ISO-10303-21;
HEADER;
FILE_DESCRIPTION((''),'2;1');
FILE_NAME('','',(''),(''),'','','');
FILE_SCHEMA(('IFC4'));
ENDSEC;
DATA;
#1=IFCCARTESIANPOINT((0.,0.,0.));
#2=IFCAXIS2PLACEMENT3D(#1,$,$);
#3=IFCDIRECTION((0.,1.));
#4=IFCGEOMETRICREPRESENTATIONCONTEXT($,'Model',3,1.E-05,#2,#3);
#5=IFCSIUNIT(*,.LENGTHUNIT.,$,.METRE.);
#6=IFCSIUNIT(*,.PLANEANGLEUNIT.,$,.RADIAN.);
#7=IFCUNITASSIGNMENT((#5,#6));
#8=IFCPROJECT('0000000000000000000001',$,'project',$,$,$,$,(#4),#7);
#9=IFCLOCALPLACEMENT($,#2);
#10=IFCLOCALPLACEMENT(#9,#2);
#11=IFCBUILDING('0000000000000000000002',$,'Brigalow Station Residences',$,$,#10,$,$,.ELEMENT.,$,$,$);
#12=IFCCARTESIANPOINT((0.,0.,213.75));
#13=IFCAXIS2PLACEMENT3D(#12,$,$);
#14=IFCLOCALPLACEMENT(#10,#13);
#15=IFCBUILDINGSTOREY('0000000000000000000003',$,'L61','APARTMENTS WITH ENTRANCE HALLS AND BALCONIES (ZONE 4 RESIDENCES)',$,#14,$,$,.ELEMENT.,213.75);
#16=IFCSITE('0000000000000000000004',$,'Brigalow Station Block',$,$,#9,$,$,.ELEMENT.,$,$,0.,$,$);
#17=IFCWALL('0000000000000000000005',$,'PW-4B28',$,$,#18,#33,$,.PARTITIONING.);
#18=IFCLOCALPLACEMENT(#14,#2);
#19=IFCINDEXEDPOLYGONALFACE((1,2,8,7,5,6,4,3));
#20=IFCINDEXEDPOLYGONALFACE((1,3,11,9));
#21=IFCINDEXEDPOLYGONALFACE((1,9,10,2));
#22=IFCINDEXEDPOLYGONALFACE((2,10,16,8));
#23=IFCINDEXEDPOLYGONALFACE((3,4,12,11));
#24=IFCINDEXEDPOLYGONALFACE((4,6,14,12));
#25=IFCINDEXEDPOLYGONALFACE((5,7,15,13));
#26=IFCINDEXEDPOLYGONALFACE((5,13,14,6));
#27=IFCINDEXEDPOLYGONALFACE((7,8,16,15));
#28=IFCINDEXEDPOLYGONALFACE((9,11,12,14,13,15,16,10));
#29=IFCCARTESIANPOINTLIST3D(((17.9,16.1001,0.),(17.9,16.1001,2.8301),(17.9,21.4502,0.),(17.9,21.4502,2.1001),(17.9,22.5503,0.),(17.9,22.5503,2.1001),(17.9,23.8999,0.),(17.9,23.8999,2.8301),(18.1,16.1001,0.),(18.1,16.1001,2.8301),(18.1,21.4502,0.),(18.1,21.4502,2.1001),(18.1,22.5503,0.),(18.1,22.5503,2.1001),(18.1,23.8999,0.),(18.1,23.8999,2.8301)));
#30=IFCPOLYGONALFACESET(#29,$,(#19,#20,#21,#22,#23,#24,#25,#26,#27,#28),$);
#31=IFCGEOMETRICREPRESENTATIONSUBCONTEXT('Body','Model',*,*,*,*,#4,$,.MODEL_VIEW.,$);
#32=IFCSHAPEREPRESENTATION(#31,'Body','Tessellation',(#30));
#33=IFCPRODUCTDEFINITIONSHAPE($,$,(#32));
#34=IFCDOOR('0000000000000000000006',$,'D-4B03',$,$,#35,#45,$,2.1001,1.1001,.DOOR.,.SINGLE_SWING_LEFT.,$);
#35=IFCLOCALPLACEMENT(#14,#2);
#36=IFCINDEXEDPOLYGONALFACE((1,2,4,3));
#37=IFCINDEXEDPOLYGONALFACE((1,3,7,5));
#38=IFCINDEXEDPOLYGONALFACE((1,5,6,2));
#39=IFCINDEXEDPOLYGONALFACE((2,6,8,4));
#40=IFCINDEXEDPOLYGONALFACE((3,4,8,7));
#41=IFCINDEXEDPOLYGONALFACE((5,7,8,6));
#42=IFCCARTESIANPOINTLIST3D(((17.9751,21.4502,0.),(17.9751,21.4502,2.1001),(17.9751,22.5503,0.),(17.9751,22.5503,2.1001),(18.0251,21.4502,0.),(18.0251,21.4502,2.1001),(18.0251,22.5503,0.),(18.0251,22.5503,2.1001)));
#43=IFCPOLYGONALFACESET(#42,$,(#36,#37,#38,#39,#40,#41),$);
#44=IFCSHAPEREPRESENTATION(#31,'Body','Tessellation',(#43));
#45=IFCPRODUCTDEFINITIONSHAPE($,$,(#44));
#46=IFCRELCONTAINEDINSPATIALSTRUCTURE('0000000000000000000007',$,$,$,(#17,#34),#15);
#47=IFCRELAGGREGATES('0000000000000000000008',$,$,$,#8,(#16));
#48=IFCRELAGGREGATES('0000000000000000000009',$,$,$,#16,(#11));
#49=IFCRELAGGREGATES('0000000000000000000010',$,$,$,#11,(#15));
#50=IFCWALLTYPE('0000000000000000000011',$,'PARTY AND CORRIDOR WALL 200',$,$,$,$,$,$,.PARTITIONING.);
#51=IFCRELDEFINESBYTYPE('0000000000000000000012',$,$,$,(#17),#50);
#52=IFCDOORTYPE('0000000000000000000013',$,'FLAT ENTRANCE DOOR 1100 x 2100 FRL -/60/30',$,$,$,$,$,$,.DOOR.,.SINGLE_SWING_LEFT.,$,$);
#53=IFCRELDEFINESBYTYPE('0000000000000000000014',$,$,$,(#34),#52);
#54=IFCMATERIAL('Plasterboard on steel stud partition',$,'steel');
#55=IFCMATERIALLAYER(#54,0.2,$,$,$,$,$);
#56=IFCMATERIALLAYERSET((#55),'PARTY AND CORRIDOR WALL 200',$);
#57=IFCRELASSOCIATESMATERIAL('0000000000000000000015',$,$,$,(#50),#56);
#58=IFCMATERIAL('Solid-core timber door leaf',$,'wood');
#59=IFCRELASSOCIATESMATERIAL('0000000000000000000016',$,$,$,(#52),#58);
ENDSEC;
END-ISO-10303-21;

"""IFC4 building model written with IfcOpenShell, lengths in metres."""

from ifc_helpers import new_model, si_unit, direction, frame, frame_2d, origin, place, context, subcontext, project, spatial, rectangle, extrude, material, layer, layer_set, type_object, element, fill, save


model = new_model("IFC4")

# Units and contexts
model_context = context("Model", 3, precision=1e-05, world=origin(), true_north=direction((0.0, 1.0)))
body_context = subcontext(model_context, "Body", "Model", "MODEL_VIEW")
ifc_project = project(units=[si_unit("LENGTHUNIT", "METRE"), si_unit("PLANEANGLEUNIT", "RADIAN")], contexts=[model_context])

# Site, building, storey
site_placement = place(None, origin())
site = spatial("IfcSite", under=ifc_project, at=site_placement, Name="Brigalow Station Block", CompositionType="ELEMENT", RefElevation=0.0)
building_placement = place(site_placement, origin())
building = spatial("IfcBuilding", under=site, at=building_placement, Name="Brigalow Station Residences", CompositionType="ELEMENT")
storey_placement = place(building_placement, frame((0.0, 0.0, 213.75)))
storey = spatial("IfcBuildingStorey", under=building, at=storey_placement, Name="L61", Description="APARTMENTS WITH ENTRANCE HALLS AND BALCONIES (ZONE 4 RESIDENCES)", CompositionType="ELEMENT", Elevation=213.75)

# Wall, opening, door
ifc_material_1 = material(Name="Plasterboard on steel stud partition", Category="steel")
ifc_layer_1 = layer(ifc_material_1, 0.2)
ifc_layer_set_1 = layer_set([ifc_layer_1], Name="PARTY AND CORRIDOR WALL 200")
wall_type_1 = type_object("IfcWallType", Name="PARTY AND CORRIDOR WALL 200", PredefinedType="PARTITIONING", material=ifc_layer_set_1)
wall_1_placement = place(storey_placement, frame((18.0, 16.1001, 0.0), z_axis=(0.0, 0.0, 1.0), x_axis=(0.0, 1.0, 0.0)))
wall_1 = element("IfcWall", 1, at=wall_1_placement, inside=storey, type_object=wall_type_1, Name="PW-4B28", PredefinedType="PARTITIONING", context=body_context, shape_type="SweptSolid", body=[
    extrude(rectangle(XDim=7.7998, YDim=0.2, at=frame_2d((3.8999, 0.0))), origin(), (0.0, 0.0, 1.0), 2.8301),
])
opening_1_placement = place(wall_1_placement, frame((5.3501, 0.0, 0.0)))
opening_1 = element("IfcOpeningElement", 2, at=opening_1_placement, cuts=wall_1, PredefinedType="OPENING", context=body_context, shape_type="SweptSolid", body=[
    extrude(rectangle(XDim=1.1001, YDim=2.1001, at=frame_2d((0.55, 1.05))), frame((0.0, 0.1099, 0.0), z_axis=(0.0, -1.0, 0.0), x_axis=(1.0, 0.0, 0.0)), (0.0, 0.0, 1.0), 0.22),
])
ifc_material_2 = material(Name="Solid-core timber door leaf", Category="wood")
door_type_1 = type_object("IfcDoorType", Name="FLAT ENTRANCE DOOR 1100 x 2100 FRL -/60/30", OperationType="SINGLE_SWING_LEFT", PredefinedType="DOOR", material=ifc_material_2)
door_1_placement = place(opening_1_placement, origin())
door_1 = element("IfcDoor", 3, at=door_1_placement, inside=storey, type_object=door_type_1, Name="D-4B03", OperationType="SINGLE_SWING_LEFT", OverallHeight=2.1001, OverallWidth=1.1001, PredefinedType="DOOR", context=body_context, shape_type="SweptSolid", body=[
    extrude(rectangle(XDim=1.1001, YDim=2.1001, at=frame_2d((0.55, 1.05))), frame((0.0, 0.0249, 0.0), z_axis=(0.0, -1.0, 0.0), x_axis=(1.0, 0.0, 0.0)), (0.0, 0.0, 1.0), 0.05),
])
fill(opening_1, door_1)

save(model, "model.ifc")
